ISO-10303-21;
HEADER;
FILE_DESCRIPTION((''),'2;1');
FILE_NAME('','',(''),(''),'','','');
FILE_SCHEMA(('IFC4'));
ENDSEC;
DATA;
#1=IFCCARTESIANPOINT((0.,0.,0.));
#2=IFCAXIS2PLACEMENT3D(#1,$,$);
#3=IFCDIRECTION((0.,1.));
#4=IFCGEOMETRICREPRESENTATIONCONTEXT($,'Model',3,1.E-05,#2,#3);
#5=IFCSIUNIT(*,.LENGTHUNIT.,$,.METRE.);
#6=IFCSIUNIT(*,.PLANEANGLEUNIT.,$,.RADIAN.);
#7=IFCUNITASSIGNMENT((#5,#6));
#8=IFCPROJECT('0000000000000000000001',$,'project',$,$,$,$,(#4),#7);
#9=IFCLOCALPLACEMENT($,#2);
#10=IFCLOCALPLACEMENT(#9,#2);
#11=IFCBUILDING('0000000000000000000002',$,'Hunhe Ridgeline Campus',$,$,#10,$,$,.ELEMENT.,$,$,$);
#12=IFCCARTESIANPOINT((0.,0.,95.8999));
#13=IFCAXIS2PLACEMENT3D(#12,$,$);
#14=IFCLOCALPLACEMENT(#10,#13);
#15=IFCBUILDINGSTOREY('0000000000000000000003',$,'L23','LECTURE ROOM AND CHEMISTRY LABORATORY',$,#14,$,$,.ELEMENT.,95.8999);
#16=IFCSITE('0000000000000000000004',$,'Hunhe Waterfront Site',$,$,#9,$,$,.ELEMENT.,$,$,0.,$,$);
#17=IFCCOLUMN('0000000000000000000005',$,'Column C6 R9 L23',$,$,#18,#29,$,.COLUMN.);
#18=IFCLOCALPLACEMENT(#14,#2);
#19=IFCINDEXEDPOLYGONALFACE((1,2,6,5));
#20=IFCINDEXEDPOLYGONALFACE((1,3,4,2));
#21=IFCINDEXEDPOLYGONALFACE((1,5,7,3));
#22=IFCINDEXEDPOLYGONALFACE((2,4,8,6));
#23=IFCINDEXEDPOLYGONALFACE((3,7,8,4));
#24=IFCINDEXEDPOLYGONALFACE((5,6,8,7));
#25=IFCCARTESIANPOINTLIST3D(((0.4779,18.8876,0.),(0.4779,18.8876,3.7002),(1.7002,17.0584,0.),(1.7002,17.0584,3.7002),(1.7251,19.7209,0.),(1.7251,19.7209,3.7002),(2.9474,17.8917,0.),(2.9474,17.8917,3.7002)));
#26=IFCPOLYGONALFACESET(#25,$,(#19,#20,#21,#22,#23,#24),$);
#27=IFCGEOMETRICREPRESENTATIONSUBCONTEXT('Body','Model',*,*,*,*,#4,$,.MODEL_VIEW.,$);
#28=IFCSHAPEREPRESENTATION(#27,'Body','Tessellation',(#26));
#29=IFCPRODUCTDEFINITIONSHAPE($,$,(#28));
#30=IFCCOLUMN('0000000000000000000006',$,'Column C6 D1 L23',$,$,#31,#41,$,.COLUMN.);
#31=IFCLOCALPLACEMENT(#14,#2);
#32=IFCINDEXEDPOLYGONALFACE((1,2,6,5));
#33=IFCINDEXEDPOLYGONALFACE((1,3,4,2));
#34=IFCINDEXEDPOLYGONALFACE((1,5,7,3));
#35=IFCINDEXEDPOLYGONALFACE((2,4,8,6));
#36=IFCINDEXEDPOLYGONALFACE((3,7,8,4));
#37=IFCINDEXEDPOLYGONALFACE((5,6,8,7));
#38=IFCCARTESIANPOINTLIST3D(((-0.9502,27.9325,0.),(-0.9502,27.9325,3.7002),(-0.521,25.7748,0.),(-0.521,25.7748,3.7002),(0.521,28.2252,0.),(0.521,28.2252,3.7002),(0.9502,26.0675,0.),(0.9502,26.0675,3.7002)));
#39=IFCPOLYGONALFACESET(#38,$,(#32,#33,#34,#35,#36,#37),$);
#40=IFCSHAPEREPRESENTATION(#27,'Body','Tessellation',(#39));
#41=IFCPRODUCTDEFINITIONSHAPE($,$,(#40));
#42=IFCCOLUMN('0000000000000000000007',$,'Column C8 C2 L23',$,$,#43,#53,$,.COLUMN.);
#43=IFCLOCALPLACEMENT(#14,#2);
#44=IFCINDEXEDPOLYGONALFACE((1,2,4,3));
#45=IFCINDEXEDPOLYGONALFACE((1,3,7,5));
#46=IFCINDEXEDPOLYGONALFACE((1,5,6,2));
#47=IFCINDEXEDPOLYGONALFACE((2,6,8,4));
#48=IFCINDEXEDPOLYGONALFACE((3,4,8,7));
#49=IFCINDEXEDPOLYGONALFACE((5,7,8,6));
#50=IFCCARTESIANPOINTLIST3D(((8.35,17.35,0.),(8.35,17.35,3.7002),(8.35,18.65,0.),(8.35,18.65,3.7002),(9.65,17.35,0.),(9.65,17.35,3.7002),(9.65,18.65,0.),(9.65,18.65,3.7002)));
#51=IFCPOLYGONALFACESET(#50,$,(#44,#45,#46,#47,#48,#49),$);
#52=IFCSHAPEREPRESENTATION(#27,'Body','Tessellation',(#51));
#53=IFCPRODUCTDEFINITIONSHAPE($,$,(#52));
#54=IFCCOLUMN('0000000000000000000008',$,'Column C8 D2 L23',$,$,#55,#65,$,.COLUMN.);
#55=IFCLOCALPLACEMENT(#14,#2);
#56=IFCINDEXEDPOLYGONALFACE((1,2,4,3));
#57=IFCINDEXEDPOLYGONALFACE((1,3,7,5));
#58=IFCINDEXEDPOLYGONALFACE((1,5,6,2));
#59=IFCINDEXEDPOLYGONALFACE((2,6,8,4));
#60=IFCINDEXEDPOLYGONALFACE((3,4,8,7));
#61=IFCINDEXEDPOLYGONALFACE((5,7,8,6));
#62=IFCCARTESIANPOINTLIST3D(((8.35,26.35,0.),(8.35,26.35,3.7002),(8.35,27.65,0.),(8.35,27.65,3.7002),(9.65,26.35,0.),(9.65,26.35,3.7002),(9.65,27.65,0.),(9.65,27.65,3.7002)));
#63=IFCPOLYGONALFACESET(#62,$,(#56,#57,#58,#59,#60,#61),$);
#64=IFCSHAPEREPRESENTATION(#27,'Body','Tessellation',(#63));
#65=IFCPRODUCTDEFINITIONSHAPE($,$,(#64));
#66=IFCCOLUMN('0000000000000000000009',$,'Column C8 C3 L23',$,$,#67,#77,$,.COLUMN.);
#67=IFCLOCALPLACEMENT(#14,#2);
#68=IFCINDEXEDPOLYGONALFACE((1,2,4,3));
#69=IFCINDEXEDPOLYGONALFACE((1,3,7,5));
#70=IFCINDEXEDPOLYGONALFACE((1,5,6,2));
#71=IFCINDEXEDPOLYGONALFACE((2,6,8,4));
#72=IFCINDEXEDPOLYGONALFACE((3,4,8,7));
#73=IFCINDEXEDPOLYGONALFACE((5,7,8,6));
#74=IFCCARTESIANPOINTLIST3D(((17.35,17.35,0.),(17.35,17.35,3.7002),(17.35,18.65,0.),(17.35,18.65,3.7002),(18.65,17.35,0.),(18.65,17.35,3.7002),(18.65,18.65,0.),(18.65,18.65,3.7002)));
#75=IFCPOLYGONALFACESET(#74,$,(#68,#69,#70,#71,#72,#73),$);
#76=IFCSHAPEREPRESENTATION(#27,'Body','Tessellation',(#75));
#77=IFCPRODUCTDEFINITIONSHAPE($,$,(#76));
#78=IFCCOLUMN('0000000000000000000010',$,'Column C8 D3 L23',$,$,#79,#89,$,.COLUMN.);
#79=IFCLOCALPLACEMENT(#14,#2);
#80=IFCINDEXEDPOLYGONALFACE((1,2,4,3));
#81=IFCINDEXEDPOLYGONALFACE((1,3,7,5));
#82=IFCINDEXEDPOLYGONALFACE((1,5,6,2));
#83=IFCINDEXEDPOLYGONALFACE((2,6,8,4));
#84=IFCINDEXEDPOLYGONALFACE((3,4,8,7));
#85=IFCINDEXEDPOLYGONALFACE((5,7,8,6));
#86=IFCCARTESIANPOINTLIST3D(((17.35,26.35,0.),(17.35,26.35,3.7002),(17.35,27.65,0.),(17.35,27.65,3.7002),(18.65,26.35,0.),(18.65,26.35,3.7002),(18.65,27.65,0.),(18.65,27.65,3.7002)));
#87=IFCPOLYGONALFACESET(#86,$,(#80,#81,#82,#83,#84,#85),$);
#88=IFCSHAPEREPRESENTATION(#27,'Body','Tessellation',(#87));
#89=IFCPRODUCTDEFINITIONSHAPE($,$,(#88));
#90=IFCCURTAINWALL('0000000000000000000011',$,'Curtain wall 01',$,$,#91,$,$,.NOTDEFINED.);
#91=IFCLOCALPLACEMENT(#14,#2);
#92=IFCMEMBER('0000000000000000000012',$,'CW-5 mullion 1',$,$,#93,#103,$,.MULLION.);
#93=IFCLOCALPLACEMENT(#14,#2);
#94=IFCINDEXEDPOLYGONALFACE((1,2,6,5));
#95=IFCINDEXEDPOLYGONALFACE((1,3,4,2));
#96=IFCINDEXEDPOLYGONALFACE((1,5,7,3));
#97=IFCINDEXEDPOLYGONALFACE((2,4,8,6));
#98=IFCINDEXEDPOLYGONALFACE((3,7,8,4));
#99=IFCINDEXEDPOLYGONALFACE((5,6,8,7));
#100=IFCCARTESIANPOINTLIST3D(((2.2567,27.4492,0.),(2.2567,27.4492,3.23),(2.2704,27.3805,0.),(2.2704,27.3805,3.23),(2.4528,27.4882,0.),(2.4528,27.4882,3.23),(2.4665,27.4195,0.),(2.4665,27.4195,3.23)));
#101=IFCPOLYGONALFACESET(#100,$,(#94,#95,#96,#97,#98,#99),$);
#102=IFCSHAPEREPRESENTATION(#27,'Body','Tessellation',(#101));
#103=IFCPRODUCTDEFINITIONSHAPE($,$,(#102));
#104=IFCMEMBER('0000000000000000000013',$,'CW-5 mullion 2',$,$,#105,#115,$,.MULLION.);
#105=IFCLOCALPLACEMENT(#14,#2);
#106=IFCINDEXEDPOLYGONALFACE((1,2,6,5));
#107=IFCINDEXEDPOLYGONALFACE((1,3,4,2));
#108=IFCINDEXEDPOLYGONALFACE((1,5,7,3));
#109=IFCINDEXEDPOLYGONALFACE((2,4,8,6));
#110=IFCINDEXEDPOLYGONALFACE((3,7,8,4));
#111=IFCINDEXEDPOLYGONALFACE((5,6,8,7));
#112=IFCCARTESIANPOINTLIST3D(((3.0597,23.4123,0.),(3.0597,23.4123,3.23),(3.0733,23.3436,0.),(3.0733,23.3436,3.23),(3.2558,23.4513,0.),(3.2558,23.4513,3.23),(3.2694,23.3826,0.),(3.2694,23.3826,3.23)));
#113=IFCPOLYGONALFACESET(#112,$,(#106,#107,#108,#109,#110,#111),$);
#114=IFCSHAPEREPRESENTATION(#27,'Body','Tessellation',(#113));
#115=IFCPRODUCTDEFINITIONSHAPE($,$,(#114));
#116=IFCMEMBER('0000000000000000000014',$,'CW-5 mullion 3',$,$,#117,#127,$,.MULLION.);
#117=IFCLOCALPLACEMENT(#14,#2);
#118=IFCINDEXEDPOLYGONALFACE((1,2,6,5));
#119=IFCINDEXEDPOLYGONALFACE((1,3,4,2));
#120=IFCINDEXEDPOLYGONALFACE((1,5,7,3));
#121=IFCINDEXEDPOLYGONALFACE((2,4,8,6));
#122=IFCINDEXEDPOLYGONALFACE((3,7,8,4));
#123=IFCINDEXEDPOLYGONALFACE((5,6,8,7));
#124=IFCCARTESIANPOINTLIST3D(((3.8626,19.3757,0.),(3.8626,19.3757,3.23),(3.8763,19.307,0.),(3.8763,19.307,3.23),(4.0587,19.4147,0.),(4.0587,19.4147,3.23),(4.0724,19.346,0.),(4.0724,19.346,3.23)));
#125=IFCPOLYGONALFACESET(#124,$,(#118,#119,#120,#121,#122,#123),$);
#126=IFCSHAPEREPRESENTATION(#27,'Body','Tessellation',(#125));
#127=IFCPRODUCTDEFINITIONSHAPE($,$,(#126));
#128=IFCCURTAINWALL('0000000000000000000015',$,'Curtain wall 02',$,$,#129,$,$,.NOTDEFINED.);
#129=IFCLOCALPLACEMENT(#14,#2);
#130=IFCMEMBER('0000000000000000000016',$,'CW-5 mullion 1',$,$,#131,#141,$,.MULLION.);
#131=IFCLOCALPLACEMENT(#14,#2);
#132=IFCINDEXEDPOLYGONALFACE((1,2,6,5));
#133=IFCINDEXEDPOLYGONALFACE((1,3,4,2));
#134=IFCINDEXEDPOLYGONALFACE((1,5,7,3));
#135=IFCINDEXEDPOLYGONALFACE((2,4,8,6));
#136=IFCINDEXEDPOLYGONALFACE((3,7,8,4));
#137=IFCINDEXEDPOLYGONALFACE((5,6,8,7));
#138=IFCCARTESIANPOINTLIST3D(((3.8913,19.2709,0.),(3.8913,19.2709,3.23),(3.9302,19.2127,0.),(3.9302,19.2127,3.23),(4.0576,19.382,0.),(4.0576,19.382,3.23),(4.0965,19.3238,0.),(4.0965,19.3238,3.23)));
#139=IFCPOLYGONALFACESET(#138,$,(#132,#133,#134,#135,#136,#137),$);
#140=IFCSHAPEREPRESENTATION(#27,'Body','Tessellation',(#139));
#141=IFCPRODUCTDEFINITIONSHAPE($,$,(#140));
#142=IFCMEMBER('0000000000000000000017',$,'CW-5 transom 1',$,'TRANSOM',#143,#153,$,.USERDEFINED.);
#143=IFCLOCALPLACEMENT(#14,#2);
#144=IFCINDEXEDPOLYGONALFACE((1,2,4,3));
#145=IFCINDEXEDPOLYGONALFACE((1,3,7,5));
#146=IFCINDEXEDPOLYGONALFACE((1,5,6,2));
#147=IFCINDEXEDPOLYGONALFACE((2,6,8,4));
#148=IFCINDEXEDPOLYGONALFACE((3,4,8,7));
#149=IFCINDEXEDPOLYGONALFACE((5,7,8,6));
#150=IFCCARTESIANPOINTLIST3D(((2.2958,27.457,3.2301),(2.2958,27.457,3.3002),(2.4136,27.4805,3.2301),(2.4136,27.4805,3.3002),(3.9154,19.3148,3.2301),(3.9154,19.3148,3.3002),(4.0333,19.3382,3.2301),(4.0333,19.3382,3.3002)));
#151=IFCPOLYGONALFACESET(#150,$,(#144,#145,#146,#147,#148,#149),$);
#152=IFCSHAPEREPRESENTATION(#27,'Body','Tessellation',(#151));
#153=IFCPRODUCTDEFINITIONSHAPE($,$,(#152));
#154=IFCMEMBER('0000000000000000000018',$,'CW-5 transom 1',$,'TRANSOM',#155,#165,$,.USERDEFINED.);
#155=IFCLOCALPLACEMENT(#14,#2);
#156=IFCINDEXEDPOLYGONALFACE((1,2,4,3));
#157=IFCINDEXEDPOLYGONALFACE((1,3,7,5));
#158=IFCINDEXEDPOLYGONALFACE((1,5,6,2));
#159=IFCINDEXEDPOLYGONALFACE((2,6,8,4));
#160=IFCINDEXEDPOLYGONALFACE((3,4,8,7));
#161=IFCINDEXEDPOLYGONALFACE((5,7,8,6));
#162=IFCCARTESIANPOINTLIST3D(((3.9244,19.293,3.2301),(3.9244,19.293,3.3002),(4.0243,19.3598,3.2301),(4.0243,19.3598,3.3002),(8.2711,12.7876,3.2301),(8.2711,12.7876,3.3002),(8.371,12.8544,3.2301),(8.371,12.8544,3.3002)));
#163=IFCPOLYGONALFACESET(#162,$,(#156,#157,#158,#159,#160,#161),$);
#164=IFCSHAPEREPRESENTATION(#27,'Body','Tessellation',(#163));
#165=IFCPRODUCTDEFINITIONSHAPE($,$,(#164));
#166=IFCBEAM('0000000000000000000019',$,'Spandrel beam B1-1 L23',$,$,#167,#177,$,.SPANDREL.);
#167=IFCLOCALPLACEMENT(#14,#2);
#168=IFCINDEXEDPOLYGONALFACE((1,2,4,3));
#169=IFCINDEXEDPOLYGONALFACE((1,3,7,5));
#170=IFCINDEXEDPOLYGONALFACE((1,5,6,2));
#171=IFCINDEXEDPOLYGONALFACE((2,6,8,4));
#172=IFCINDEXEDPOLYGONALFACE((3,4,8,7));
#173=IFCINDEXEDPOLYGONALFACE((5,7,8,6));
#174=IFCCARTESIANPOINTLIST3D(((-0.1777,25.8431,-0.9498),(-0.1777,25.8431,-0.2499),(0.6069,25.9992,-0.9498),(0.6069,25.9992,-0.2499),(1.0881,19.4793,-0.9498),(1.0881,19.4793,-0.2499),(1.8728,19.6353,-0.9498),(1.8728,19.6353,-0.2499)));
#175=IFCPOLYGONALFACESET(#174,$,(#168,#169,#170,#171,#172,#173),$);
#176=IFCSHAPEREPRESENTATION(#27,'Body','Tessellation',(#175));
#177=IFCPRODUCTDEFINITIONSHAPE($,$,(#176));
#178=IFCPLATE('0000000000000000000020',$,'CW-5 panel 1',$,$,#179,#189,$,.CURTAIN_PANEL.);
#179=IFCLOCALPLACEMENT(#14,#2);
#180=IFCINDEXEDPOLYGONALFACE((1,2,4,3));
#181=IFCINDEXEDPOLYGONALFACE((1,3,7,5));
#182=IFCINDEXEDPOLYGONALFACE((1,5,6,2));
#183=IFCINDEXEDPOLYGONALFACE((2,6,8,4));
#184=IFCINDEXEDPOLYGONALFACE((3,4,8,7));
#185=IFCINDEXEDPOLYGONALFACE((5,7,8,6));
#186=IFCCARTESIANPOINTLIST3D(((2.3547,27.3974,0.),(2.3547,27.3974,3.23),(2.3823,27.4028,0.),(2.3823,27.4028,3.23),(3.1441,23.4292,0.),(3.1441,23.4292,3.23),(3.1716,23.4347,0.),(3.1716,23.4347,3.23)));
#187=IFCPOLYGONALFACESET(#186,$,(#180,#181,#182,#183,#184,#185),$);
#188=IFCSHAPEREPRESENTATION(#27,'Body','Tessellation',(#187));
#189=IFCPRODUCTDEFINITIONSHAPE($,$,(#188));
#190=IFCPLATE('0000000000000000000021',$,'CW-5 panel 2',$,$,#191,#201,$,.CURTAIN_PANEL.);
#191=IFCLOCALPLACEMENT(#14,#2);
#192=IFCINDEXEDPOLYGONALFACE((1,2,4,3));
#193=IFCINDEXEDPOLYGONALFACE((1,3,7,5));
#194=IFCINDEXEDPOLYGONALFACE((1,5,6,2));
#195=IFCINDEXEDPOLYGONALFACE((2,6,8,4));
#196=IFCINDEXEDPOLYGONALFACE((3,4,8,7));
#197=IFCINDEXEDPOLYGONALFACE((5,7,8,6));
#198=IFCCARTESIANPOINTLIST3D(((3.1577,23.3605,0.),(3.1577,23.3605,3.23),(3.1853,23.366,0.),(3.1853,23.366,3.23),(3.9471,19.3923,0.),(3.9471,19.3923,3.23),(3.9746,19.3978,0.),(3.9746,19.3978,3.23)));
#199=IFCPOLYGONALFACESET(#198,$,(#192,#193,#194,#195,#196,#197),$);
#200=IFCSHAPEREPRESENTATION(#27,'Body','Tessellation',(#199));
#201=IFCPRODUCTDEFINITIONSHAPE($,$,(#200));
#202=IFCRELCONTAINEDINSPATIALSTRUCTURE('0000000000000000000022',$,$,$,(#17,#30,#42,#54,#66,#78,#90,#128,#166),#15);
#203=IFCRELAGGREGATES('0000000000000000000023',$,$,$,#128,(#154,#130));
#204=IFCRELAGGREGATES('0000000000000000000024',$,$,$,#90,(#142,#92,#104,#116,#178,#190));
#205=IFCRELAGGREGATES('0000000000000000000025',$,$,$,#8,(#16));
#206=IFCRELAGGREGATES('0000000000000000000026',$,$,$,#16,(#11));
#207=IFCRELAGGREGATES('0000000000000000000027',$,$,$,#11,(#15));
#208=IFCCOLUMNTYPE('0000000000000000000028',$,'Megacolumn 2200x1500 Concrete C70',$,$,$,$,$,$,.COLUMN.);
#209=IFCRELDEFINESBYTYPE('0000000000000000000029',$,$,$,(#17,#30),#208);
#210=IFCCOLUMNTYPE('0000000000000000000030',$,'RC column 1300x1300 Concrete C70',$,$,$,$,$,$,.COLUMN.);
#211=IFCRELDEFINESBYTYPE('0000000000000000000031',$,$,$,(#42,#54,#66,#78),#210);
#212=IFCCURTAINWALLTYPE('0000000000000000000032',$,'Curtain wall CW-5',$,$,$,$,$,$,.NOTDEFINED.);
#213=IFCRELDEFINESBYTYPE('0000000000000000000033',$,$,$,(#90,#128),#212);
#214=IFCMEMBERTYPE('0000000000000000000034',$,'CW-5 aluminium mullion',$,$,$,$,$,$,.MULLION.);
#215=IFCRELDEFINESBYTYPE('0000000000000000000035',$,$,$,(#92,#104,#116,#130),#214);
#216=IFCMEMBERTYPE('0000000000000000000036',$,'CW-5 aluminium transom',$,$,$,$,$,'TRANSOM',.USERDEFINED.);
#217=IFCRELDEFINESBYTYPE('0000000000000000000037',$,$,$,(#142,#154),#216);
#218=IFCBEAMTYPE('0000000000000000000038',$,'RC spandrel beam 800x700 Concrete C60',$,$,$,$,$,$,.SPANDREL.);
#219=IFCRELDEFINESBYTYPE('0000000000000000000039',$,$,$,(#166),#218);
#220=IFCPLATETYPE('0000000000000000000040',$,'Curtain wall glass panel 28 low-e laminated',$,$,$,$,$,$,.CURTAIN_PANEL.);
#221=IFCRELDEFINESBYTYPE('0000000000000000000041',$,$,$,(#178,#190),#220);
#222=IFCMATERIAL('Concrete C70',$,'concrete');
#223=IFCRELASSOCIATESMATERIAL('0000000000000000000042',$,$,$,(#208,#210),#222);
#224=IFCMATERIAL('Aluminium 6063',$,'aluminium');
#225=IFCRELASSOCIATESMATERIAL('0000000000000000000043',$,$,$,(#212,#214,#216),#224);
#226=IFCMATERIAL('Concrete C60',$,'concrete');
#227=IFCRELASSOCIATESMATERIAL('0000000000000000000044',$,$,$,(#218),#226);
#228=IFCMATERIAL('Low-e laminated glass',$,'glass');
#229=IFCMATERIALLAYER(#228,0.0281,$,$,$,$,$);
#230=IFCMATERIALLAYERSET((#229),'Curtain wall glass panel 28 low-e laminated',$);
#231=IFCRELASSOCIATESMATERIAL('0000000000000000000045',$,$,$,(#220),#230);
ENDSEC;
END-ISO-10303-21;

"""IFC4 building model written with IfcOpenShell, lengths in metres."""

from ifc_helpers import new_model, si_unit, direction, frame, origin, origin_2d, place, context, subcontext, project, spatial, rectangle, extrude, material, layer, layer_set, material_profile, profile_set, type_object, element, aggregate, save


model = new_model("IFC4")

# Units and contexts
model_context = context("Model", 3, precision=1e-05, world=origin(), true_north=direction((0.0, 1.0)))
body_context = subcontext(model_context, "Body", "Model", "MODEL_VIEW")
ifc_project = project(units=[si_unit("LENGTHUNIT", "METRE"), si_unit("PLANEANGLEUNIT", "RADIAN")], contexts=[model_context])

# Site, building, storey
site_placement = place(None, origin())
site = spatial("IfcSite", under=ifc_project, at=site_placement, Name="Hunhe Waterfront Site", CompositionType="ELEMENT", RefElevation=0.0)
building_placement = place(site_placement, origin())
building = spatial("IfcBuilding", under=site, at=building_placement, Name="Hunhe Ridgeline Campus", CompositionType="ELEMENT")
storey_placement = place(building_placement, frame((0.0, 0.0, 95.8999)))
storey = spatial("IfcBuildingStorey", under=building, at=storey_placement, Name="L23", Description="LECTURE ROOM AND CHEMISTRY LABORATORY", CompositionType="ELEMENT", Elevation=95.8999)

# Columns
ifc_material_1 = material(Name="Concrete C70", Category="concrete")
ifc_material_profile_1 = material_profile(ifc_material_1, rectangle(XDim=2.2, YDim=1.5, at=origin_2d()))
ifc_profile_set_1 = profile_set([ifc_material_profile_1], Name="Concrete C70")
column_type_1 = type_object("IfcColumnType", Name="Megacolumn 2200x1500 Concrete C70", PredefinedType="COLUMN", material=ifc_profile_set_1)
for number, where, z_axis, x_axis, name in (
    (1, (1.7126, 18.3896, 0.0), (0.0, 0.0, 1.0), (-0.55557, 0.83147, 0.0), "Column C6 R9 L23"),
    (2, (0.0, 27.0, 0.0), (0.0, 0.0, 1.0), (-0.19509, 0.980785, 0.0), "Column C6 D1 L23"),
):
    element("IfcColumn", number, at=place(storey_placement, frame(where, z_axis=z_axis, x_axis=x_axis)), inside=storey, type_object=column_type_1, Name=name, PredefinedType="COLUMN", context=body_context, shape_type="SweptSolid", body=[
        extrude(rectangle(XDim=2.2, YDim=1.5, at=origin_2d()), origin(), (0.0, 0.0, 1.0), 3.7002),
    ])
ifc_material_profile_2 = material_profile(ifc_material_1, rectangle(XDim=1.3, YDim=1.3, at=origin_2d()))
ifc_profile_set_2 = profile_set([ifc_material_profile_2], Name="Concrete C70")
column_type_2 = type_object("IfcColumnType", Name="RC column 1300x1300 Concrete C70", PredefinedType="COLUMN", material=ifc_profile_set_2)
for number, where, z_axis, x_axis, name in (
    (3, (9.0, 18.0, 0.0), (0.0, 0.0, 1.0), (1.0, 0.0, 0.0), "Column C8 C2 L23"),
    (4, (9.0, 27.0, 0.0), (0.0, 0.0, 1.0), (1.0, 0.0, 0.0), "Column C8 D2 L23"),
    (5, (18.0, 18.0, 0.0), (0.0, 0.0, 1.0), (1.0, 0.0, 0.0), "Column C8 C3 L23"),
    (6, (18.0, 27.0, 0.0), (0.0, 0.0, 1.0), (1.0, 0.0, 0.0), "Column C8 D3 L23"),
):
    element("IfcColumn", number, at=place(storey_placement, frame(where, z_axis=z_axis, x_axis=x_axis)), inside=storey, type_object=column_type_2, Name=name, PredefinedType="COLUMN", context=body_context, shape_type="SweptSolid", body=[
        extrude(rectangle(XDim=1.3, YDim=1.3, at=origin_2d()), origin(), (0.0, 0.0, 1.0), 3.7002),
    ])

# Curtain wall, members
ifc_material_2 = material(Name="Aluminium 6063", Category="aluminium")
curtain_wall_type = type_object("IfcCurtainWallType", Name="Curtain wall CW-5", PredefinedType="NOTDEFINED", material=ifc_material_2)
curtain_wall_1_placement = place(storey_placement, origin())
curtain_wall_1 = element("IfcCurtainWall", 7, at=curtain_wall_1_placement, inside=storey, type_object=curtain_wall_type, Name="Curtain wall 01", PredefinedType="NOTDEFINED")
ifc_material_profile_3 = material_profile(ifc_material_2, rectangle(XDim=0.2, YDim=0.0701, at=origin_2d()))
ifc_profile_set_3 = profile_set([ifc_material_profile_3], Name="Aluminium 6063")
member_type_1 = type_object("IfcMemberType", Name="CW-5 aluminium mullion", PredefinedType="MULLION", material=ifc_profile_set_3)
member_1_placement = place(storey_placement, frame((2.3616, 27.4343, 0.0), z_axis=(0.0, 0.0, 1.0), x_axis=(0.980784, 0.195095, 0.0)))
member_1 = element("IfcMember", 8, at=member_1_placement, type_object=member_type_1, Name="CW-5 mullion 1", PredefinedType="MULLION", context=body_context, shape_type="SweptSolid", body=[
    extrude(rectangle(XDim=0.2, YDim=0.0701, at=origin_2d()), origin(), (0.0, 0.0, 1.0), 3.23),
])
member_2_placement = place(storey_placement, frame((3.1646, 23.3975, 0.0), z_axis=(0.0, 0.0, 1.0), x_axis=(0.980784, 0.195095, 0.0)))
member_2 = element("IfcMember", 9, at=member_2_placement, type_object=member_type_1, Name="CW-5 mullion 2", PredefinedType="MULLION", context=body_context, shape_type="SweptSolid", body=[
    extrude(rectangle(XDim=0.2, YDim=0.0701, at=origin_2d()), origin(), (0.0, 0.0, 1.0), 3.23),
])
member_3_placement = place(storey_placement, frame((3.9675, 19.3608, 0.0), z_axis=(0.0, 0.0, 1.0), x_axis=(0.980784, 0.195095, 0.0)))
member_3 = element("IfcMember", 10, at=member_3_placement, type_object=member_type_1, Name="CW-5 mullion 3", PredefinedType="MULLION", context=body_context, shape_type="SweptSolid", body=[
    extrude(rectangle(XDim=0.2, YDim=0.0701, at=origin_2d()), origin(), (0.0, 0.0, 1.0), 3.23),
])

# Curtain wall, member
curtain_wall_2_placement = place(storey_placement, origin())
curtain_wall_2 = element("IfcCurtainWall", 11, at=curtain_wall_2_placement, inside=storey, type_object=curtain_wall_type, Name="Curtain wall 02", PredefinedType="NOTDEFINED")
member_4_placement = place(storey_placement, frame((3.9939, 19.2974, 0.0), z_axis=(0.0, 0.0, 1.0), x_axis=(0.83147, 0.55557, 0.0)))
member_4 = element("IfcMember", 12, at=member_4_placement, type_object=member_type_1, Name="CW-5 mullion 1", PredefinedType="MULLION", context=body_context, shape_type="SweptSolid", body=[
    extrude(rectangle(XDim=0.2, YDim=0.0701, at=origin_2d()), origin(), (0.0, 0.0, 1.0), 3.23),
])

# Members
ifc_material_profile_4 = material_profile(ifc_material_2, rectangle(XDim=0.1201, YDim=0.0701, at=origin_2d()))
ifc_profile_set_4 = profile_set([ifc_material_profile_4], Name="Aluminium 6063")
member_type_2 = type_object("IfcMemberType", Name="CW-5 aluminium transom", ElementType="TRANSOM", PredefinedType="USERDEFINED", material=ifc_profile_set_4)
member_5_placement = place(storey_placement, frame((2.3547, 27.4688, 3.2651), z_axis=(0.195092, -0.980785, 0.0), x_axis=(0.980785, 0.195092, 0.0)))
member_5 = element("IfcMember", 13, at=member_5_placement, type_object=member_type_2, Name="CW-5 transom 1", ObjectType="TRANSOM", PredefinedType="USERDEFINED", context=body_context, shape_type="SweptSolid", body=[
    extrude(rectangle(XDim=0.1201, YDim=0.0701, at=origin_2d()), origin(), (0.0, 0.0, 1.0), 8.3018),
])
member_6_placement = place(storey_placement, frame((3.9744, 19.3264, 3.2651), z_axis=(0.555564, -0.831474, 0.0), x_axis=(0.831474, 0.555564, 0.0)))
member_6 = element("IfcMember", 14, at=member_6_placement, type_object=member_type_2, Name="CW-5 transom 1", ObjectType="TRANSOM", PredefinedType="USERDEFINED", context=body_context, shape_type="SweptSolid", body=[
    extrude(rectangle(XDim=0.1201, YDim=0.0701, at=origin_2d()), origin(), (0.0, 0.0, 1.0), 7.824),
])
aggregate(curtain_wall_2, [member_6, member_4])

# Beam
ifc_material_3 = material(Name="Concrete C60", Category="concrete")
ifc_material_profile_5 = material_profile(ifc_material_3, rectangle(XDim=0.8, YDim=0.7, at=origin_2d()))
ifc_profile_set_5 = profile_set([ifc_material_profile_5], Name="Concrete C60")
beam_type = type_object("IfcBeamType", Name="RC spandrel beam 800x700 Concrete C60", PredefinedType="SPANDREL", material=ifc_profile_set_5)
beam_placement = place(storey_placement, frame((0.2146, 25.9211, -0.5999), z_axis=(0.195096, -0.980784, 0.0), x_axis=(0.980784, 0.195096, 0.0)))
element("IfcBeam", 15, at=beam_placement, inside=storey, type_object=beam_type, Name="Spandrel beam B1-1 L23", PredefinedType="SPANDREL", context=body_context, shape_type="SweptSolid", body=[
    extrude(rectangle(XDim=0.8, YDim=0.7, at=origin_2d()), origin(), (0.0, 0.0, 1.0), 6.4885),
])

# Plates
ifc_material_4 = material(Name="Low-e laminated glass", Category="glass")
ifc_layer_1 = layer(ifc_material_4, 0.0281)
ifc_layer_set_1 = layer_set([ifc_layer_1], Name="Curtain wall glass panel 28 low-e laminated")
plate_type = type_object("IfcPlateType", Name="Curtain wall glass panel 28 low-e laminated", PredefinedType="CURTAIN_PANEL", material=ifc_layer_set_1)
plate_1_placement = place(storey_placement, frame((2.7632, 25.416, 0.0), z_axis=(0.0, 0.0, 1.0), x_axis=(0.195095, -0.980784, 0.0)))
plate_1 = element("IfcPlate", 16, at=plate_1_placement, type_object=plate_type, Name="CW-5 panel 1", PredefinedType="CURTAIN_PANEL", context=body_context, shape_type="SweptSolid", body=[
    extrude(rectangle(XDim=4.0459, YDim=0.0281, at=origin_2d()), origin(), (0.0, 0.0, 1.0), 3.23),
])
plate_2_placement = place(storey_placement, frame((3.5662, 21.3792, 0.0), z_axis=(0.0, 0.0, 1.0), x_axis=(0.195095, -0.980784, 0.0)))
plate_2 = element("IfcPlate", 17, at=plate_2_placement, type_object=plate_type, Name="CW-5 panel 2", PredefinedType="CURTAIN_PANEL", context=body_context, shape_type="SweptSolid", body=[
    extrude(rectangle(XDim=4.0459, YDim=0.0281, at=origin_2d()), origin(), (0.0, 0.0, 1.0), 3.23),
])
aggregate(curtain_wall_1, [member_5, member_1, member_2, member_3, plate_1, plate_2])

save(model, "model.ifc")
